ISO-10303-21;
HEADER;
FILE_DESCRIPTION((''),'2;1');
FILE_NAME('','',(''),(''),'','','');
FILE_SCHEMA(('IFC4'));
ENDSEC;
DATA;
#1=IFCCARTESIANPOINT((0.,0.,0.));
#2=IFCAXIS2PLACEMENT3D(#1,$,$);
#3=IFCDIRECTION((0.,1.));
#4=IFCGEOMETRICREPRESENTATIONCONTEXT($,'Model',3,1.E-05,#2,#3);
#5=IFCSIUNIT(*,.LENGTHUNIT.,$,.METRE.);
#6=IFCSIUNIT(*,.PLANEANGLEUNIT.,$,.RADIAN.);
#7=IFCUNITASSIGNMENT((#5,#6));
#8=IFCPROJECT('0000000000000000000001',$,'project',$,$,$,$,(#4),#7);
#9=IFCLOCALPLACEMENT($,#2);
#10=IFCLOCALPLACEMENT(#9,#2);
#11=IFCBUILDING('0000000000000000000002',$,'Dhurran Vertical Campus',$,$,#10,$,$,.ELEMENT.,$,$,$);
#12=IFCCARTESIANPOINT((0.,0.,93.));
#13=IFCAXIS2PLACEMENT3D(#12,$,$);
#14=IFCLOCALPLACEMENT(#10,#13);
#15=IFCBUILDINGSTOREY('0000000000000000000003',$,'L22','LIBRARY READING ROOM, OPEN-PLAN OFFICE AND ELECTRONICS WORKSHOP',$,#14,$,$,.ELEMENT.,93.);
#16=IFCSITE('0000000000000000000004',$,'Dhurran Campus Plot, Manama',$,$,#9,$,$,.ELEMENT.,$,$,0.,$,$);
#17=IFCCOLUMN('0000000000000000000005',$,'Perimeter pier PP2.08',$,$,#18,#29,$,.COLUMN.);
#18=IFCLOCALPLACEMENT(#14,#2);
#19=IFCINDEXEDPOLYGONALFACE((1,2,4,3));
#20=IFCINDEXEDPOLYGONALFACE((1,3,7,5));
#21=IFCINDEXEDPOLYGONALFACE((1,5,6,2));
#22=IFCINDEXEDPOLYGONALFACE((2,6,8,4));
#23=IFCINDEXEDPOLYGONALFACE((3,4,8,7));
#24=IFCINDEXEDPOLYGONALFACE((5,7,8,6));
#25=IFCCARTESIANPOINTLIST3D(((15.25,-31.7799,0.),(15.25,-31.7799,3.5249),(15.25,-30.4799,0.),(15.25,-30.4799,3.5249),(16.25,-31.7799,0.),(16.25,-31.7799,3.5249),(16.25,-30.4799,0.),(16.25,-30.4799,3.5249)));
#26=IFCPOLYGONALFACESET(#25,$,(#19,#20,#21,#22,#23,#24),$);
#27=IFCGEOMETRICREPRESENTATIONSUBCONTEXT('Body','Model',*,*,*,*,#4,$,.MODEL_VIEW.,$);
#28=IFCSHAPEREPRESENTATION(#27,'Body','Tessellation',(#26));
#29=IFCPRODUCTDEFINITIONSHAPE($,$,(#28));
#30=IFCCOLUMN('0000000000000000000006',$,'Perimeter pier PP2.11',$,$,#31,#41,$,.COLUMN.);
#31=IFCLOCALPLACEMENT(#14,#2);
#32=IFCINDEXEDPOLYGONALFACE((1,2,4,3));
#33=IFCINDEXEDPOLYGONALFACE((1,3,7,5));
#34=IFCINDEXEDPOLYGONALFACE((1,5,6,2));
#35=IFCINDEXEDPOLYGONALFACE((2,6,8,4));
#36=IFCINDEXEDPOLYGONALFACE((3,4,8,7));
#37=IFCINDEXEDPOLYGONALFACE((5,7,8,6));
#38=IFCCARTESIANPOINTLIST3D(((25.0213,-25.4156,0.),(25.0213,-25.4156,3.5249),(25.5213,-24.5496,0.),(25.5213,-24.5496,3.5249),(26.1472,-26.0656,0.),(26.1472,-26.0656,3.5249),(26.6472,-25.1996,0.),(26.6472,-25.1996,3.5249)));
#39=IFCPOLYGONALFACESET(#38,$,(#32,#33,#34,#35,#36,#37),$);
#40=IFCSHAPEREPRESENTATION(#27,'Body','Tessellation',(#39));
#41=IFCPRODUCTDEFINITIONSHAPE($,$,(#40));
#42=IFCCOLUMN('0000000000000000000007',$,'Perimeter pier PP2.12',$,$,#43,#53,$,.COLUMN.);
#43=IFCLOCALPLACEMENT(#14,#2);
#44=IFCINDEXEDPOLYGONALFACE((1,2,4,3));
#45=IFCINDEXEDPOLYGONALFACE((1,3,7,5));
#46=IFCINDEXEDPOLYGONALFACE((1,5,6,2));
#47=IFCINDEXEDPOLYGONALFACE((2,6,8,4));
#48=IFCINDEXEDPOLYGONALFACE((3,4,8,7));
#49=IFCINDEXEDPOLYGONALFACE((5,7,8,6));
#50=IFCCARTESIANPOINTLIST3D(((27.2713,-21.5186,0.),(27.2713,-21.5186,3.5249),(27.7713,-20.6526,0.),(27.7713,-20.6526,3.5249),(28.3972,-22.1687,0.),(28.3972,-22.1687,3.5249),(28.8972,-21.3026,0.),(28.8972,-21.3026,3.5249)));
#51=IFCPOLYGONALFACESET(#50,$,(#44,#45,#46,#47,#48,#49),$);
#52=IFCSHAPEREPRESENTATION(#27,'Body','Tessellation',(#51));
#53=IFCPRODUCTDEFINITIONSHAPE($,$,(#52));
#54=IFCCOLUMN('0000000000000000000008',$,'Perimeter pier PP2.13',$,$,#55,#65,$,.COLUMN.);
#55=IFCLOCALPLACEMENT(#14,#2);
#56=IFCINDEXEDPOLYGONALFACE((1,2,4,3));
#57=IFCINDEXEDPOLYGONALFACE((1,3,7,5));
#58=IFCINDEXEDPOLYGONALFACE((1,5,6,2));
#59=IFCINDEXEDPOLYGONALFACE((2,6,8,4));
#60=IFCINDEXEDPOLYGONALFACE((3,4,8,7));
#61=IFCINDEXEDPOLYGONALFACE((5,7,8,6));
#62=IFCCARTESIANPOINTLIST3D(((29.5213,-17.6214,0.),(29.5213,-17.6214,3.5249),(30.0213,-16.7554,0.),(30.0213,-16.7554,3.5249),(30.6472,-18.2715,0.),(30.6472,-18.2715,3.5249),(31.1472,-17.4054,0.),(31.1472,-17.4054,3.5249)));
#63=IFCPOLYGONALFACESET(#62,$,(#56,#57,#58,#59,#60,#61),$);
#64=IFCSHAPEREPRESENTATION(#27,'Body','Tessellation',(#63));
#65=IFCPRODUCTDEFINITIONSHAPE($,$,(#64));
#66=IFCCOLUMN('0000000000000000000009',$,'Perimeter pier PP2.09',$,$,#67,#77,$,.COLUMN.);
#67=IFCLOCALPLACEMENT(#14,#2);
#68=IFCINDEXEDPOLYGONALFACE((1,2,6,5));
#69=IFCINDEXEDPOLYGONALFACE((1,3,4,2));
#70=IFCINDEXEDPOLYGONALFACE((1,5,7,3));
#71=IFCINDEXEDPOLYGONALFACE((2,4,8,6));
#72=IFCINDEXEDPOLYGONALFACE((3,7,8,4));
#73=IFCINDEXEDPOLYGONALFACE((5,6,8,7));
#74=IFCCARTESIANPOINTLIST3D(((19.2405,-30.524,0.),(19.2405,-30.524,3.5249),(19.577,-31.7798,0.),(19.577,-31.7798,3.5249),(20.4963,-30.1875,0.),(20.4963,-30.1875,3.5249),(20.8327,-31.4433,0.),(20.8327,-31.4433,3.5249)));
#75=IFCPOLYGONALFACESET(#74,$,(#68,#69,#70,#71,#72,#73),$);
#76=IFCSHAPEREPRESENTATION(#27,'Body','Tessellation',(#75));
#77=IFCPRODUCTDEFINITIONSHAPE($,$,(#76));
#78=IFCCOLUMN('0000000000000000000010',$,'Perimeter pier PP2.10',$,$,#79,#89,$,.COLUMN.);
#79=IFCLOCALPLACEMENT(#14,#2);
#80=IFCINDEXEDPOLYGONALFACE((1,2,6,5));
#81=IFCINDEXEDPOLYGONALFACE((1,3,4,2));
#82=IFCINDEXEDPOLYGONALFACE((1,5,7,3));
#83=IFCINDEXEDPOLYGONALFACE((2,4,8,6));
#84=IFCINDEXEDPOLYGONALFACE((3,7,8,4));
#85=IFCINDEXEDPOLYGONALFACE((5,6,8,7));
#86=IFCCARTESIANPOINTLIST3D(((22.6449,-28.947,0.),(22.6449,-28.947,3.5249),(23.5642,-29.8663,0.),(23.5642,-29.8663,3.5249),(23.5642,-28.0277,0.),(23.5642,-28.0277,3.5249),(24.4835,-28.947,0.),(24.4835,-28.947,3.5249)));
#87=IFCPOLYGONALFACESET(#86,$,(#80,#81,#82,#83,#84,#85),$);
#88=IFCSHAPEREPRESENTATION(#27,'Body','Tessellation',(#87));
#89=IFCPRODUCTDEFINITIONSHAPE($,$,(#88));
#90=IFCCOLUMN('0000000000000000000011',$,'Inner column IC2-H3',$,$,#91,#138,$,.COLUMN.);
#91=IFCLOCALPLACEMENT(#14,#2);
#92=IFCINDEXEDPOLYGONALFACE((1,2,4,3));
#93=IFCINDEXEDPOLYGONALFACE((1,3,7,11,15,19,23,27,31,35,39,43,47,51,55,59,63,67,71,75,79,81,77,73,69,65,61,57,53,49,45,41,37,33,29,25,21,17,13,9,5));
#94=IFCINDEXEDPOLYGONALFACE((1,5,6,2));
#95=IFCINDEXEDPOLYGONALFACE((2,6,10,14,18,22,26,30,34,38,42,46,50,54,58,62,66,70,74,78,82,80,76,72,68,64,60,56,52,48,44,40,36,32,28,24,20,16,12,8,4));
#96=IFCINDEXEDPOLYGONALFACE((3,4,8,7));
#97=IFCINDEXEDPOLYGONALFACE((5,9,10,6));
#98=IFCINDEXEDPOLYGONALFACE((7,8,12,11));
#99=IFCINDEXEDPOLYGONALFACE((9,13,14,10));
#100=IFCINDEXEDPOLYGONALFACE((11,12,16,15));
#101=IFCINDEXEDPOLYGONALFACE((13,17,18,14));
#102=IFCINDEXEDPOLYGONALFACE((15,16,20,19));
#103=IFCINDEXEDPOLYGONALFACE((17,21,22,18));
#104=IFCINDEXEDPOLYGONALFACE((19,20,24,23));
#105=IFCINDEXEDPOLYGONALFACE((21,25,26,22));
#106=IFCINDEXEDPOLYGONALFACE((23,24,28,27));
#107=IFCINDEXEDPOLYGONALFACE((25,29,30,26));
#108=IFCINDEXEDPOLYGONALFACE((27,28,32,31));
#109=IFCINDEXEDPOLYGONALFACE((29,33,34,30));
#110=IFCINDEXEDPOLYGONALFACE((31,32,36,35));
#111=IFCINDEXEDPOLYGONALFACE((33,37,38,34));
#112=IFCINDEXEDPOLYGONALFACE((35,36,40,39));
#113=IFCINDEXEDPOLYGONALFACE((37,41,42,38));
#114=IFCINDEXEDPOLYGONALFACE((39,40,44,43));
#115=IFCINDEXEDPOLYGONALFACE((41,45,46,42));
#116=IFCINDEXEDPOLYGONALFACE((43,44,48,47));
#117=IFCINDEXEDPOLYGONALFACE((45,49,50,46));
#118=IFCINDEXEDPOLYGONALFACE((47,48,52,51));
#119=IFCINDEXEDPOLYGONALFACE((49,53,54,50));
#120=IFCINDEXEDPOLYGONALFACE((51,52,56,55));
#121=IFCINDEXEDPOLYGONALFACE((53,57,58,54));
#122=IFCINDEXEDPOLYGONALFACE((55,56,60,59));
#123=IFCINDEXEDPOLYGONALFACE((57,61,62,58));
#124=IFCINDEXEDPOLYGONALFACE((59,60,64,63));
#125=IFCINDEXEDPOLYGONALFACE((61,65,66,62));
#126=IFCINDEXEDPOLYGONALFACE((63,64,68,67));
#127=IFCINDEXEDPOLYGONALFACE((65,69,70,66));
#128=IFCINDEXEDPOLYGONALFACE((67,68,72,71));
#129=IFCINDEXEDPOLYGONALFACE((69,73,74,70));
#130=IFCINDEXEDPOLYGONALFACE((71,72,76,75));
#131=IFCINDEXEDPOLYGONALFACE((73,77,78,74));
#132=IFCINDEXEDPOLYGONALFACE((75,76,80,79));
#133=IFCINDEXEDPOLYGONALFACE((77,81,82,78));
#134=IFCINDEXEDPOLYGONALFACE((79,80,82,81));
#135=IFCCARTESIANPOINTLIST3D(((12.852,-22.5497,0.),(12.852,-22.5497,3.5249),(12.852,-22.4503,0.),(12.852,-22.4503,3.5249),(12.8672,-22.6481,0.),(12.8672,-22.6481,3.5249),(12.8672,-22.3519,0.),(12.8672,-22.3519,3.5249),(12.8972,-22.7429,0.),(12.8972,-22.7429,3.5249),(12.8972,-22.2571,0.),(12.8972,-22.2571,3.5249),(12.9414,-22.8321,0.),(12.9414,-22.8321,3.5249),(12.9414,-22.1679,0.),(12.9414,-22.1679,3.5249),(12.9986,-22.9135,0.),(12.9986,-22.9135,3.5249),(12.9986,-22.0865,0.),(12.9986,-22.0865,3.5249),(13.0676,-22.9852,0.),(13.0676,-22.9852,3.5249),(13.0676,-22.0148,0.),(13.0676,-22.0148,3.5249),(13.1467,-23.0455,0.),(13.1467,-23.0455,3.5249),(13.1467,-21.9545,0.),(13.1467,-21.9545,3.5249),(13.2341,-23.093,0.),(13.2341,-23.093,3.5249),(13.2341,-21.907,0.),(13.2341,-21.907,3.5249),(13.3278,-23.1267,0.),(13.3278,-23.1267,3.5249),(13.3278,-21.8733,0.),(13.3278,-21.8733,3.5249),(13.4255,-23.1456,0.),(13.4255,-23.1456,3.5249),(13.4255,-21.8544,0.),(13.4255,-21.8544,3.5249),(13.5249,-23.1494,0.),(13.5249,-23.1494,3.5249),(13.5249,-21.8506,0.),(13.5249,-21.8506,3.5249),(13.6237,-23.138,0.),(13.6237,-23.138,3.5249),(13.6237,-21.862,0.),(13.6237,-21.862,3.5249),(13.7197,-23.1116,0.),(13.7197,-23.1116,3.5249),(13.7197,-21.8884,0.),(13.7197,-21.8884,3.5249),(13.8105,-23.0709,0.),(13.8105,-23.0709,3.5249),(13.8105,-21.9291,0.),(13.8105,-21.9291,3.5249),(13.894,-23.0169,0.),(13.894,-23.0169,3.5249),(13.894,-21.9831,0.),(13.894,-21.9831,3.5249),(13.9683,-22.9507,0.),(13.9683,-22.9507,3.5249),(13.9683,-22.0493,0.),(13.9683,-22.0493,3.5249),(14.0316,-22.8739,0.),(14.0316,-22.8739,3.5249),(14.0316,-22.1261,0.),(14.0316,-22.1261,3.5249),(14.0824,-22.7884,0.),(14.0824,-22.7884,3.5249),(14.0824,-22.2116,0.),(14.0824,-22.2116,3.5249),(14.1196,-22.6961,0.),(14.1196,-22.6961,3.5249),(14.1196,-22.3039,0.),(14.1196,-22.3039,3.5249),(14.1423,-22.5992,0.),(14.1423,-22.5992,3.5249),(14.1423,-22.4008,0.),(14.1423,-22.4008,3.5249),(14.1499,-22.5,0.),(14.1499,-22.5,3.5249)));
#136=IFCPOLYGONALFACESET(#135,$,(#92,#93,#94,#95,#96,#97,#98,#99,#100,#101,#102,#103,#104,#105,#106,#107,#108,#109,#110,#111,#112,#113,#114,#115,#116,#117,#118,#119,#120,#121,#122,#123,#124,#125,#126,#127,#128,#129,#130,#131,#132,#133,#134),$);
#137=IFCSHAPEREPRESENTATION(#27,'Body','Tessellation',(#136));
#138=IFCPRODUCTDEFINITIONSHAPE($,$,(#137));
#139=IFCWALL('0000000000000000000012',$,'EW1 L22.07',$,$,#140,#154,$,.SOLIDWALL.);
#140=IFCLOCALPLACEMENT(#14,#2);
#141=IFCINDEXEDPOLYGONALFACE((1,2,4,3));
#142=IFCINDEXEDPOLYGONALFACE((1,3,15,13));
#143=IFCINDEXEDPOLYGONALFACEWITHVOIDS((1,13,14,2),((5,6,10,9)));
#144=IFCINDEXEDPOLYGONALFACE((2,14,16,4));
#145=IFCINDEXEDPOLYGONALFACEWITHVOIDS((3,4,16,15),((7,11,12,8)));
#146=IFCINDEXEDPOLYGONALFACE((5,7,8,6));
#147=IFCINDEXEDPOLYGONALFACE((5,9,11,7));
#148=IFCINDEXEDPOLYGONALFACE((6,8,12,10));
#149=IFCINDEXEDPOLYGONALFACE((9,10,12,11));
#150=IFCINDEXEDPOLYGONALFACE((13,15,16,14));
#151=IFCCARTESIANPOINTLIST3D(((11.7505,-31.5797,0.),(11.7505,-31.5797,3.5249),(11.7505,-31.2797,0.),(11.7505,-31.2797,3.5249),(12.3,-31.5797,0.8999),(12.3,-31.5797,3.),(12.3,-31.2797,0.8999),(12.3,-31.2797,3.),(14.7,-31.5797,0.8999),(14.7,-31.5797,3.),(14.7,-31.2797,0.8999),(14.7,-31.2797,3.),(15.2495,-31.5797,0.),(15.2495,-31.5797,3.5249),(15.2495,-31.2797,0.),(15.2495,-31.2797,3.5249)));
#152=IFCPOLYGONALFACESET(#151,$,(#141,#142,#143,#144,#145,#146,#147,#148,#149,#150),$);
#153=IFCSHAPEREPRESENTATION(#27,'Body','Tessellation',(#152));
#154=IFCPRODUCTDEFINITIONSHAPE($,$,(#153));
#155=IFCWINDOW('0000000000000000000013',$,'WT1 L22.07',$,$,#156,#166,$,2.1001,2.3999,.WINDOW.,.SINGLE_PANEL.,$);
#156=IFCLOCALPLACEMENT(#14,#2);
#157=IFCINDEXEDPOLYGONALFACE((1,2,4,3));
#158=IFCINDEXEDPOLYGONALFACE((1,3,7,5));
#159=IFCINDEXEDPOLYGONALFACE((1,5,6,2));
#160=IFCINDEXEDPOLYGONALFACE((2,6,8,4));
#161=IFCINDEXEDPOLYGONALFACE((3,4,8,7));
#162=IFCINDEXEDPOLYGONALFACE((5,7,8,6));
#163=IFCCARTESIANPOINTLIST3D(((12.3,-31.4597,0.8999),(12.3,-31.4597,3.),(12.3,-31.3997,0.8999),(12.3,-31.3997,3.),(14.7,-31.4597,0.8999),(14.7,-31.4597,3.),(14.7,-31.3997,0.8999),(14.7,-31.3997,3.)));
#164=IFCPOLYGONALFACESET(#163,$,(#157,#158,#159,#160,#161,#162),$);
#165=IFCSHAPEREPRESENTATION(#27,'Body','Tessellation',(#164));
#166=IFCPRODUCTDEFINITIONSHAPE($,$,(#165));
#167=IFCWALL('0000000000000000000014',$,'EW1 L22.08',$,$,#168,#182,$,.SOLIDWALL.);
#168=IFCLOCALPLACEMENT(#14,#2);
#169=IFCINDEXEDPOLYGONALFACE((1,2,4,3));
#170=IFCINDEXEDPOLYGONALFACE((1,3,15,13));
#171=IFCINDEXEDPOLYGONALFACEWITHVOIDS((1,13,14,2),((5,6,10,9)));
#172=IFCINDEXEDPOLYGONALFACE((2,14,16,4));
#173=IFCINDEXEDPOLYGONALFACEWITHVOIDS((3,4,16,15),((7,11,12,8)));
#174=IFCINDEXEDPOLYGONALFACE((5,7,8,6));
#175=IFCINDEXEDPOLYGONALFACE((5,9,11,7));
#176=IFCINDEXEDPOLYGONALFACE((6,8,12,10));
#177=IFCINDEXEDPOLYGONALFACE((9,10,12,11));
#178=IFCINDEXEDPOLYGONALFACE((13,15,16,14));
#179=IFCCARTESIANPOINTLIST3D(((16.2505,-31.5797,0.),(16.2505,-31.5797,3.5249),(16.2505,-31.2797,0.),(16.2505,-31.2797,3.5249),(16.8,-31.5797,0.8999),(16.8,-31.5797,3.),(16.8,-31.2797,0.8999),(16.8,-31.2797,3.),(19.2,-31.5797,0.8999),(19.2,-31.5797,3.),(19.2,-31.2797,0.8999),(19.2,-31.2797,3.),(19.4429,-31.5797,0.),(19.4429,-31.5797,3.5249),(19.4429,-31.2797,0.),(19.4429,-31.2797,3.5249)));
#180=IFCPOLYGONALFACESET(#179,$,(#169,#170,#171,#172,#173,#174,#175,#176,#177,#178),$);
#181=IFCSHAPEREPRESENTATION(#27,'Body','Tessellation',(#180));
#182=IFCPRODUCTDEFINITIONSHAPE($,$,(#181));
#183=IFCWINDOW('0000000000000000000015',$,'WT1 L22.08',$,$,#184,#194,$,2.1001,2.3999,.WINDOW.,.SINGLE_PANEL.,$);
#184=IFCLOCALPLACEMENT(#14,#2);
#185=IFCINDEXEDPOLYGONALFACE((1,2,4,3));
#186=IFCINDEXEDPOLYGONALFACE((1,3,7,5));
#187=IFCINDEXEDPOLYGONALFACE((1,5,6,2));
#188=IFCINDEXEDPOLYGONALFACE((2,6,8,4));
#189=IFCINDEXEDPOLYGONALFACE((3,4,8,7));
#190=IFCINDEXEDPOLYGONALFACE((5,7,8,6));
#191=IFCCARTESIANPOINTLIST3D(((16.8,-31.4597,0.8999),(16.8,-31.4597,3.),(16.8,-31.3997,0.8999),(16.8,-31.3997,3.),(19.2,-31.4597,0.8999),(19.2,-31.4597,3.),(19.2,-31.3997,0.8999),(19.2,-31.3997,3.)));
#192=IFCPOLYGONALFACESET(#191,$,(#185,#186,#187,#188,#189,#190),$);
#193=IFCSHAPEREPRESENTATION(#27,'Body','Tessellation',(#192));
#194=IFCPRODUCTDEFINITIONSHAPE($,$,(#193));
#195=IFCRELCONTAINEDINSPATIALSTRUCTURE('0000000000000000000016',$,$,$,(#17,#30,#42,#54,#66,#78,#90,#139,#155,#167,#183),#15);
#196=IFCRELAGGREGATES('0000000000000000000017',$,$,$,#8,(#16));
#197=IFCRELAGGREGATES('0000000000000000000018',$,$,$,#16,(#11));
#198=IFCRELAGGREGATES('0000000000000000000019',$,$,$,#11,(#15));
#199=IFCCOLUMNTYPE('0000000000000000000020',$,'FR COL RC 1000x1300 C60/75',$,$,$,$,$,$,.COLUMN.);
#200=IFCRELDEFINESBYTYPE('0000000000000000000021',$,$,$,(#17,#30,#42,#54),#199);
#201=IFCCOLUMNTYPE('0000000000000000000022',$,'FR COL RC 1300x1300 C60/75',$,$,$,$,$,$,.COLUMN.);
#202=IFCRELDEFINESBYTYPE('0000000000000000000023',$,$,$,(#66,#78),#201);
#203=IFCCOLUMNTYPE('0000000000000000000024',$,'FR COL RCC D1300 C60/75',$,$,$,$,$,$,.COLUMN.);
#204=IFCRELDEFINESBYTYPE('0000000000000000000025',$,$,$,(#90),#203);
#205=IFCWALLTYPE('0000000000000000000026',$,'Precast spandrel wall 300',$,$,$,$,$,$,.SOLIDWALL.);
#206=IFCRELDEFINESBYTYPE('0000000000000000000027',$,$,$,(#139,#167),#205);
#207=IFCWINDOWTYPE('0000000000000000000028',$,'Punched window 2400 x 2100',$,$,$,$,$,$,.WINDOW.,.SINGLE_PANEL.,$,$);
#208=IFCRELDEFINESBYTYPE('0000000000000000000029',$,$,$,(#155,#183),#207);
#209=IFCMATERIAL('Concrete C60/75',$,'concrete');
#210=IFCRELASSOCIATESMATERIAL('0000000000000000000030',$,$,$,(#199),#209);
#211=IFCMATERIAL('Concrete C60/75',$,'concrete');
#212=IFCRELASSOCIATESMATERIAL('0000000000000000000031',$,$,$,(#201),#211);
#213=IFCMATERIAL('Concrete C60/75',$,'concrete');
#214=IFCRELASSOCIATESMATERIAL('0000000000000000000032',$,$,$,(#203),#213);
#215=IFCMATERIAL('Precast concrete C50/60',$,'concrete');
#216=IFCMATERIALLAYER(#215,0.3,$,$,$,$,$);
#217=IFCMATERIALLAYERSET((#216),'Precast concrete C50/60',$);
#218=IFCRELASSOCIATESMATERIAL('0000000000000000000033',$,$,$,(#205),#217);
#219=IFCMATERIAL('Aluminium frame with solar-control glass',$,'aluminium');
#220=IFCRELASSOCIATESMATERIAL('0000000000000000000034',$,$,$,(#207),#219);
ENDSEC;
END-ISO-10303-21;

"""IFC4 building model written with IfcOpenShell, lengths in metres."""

from ifc_helpers import new_model, si_unit, direction, frame, frame_2d, origin, origin_2d, place, context, subcontext, project, spatial, rectangle, circle, extrude, material, layer, layer_set, material_profile, profile_set, type_object, element, fill, save


model = new_model("IFC4")

# Units and contexts
model_context = context("Model", 3, precision=1e-05, world=origin(), true_north=direction((0.0, 1.0)))
body_context = subcontext(model_context, "Body", "Model", "MODEL_VIEW")
ifc_project = project(units=[si_unit("LENGTHUNIT", "METRE"), si_unit("PLANEANGLEUNIT", "RADIAN")], contexts=[model_context])

# Site, building, storey
site_placement = place(None, origin())
site = spatial("IfcSite", under=ifc_project, at=site_placement, Name="Dhurran Campus Plot, Manama", CompositionType="ELEMENT", RefElevation=0.0)
building_placement = place(site_placement, origin())
building = spatial("IfcBuilding", under=site, at=building_placement, Name="Dhurran Vertical Campus", CompositionType="ELEMENT")
storey_placement = place(building_placement, frame((0.0, 0.0, 93.0)))
storey = spatial("IfcBuildingStorey", under=building, at=storey_placement, Name="L22", Description="LIBRARY READING ROOM, OPEN-PLAN OFFICE AND ELECTRONICS WORKSHOP", CompositionType="ELEMENT", Elevation=93.0)

# Columns
ifc_material_1 = material(Name="Concrete C60/75", Category="concrete")
ifc_material_profile_1 = material_profile(ifc_material_1, rectangle(XDim=1.0, YDim=1.3, at=origin_2d()), Name="RC 1000x1300")
ifc_profile_set_1 = profile_set([ifc_material_profile_1], Name="Concrete C60/75")
column_type_1 = type_object("IfcColumnType", Name="FR COL RC 1000x1300 C60/75", PredefinedType="COLUMN", material=ifc_profile_set_1)
for number, where, z_axis, x_axis, name in (
    (1, (15.75, -31.1299, 0.0), (0.0, 0.0, 1.0), (1.0, 0.0, 0.0), "Perimeter pier PP2.08"),
    (2, (25.8342, -25.3076, 0.0), (0.0, 0.0, 1.0), (0.5, 0.866025, 0.0), "Perimeter pier PP2.11"),
    (3, (28.0842, -21.4106, 0.0), (0.0, 0.0, 1.0), (0.5, 0.866025, 0.0), "Perimeter pier PP2.12"),
    (4, (30.3342, -17.5134, 0.0), (0.0, 0.0, 1.0), (0.5, 0.866025, 0.0), "Perimeter pier PP2.13"),
):
    element("IfcColumn", number, at=place(storey_placement, frame(where, z_axis=z_axis, x_axis=x_axis)), inside=storey, type_object=column_type_1, Name=name, PredefinedType="COLUMN", context=body_context, shape_type="SweptSolid", body=[
        extrude(rectangle(XDim=1.0, YDim=1.3, at=origin_2d()), origin(), (0.0, 0.0, 1.0), 3.5249),
    ])
ifc_material_2 = material(Name="Concrete C60/75", Category="concrete")
ifc_material_profile_2 = material_profile(ifc_material_2, rectangle(XDim=1.3, YDim=1.3, at=origin_2d()), Name="RC 1300x1300")
ifc_profile_set_2 = profile_set([ifc_material_profile_2], Name="Concrete C60/75")
column_type_2 = type_object("IfcColumnType", Name="FR COL RC 1300x1300 C60/75", PredefinedType="COLUMN", material=ifc_profile_set_2)
for number, where, z_axis, x_axis, name in (
    (5, (20.0366, -30.9836, 0.0), (0.0, 0.0, 1.0), (0.965926, 0.258819, 0.0), "Perimeter pier PP2.09"),
    (6, (23.5642, -28.947, 0.0), (0.0, 0.0, 1.0), (0.707107, 0.707107, 0.0), "Perimeter pier PP2.10"),
):
    element("IfcColumn", number, at=place(storey_placement, frame(where, z_axis=z_axis, x_axis=x_axis)), inside=storey, type_object=column_type_2, Name=name, PredefinedType="COLUMN", context=body_context, shape_type="SweptSolid", body=[
        extrude(rectangle(XDim=1.3, YDim=1.3, at=origin_2d()), origin(), (0.0, 0.0, 1.0), 3.5249),
    ])
ifc_material_3 = material(Name="Concrete C60/75", Category="concrete")
ifc_material_profile_3 = material_profile(ifc_material_3, circle(Radius=0.6499, at=origin_2d()), Name="RCC D1300")
ifc_profile_set_3 = profile_set([ifc_material_profile_3], Name="Concrete C60/75")
column_type_3 = type_object("IfcColumnType", Name="FR COL RCC D1300 C60/75", PredefinedType="COLUMN", material=ifc_profile_set_3)
column_placement = place(storey_placement, frame((13.5, -22.5, 0.0), z_axis=(0.0, 0.0, 1.0), x_axis=(1.0, 0.0, 0.0)))
element("IfcColumn", 7, at=column_placement, inside=storey, type_object=column_type_3, Name="Inner column IC2-H3", PredefinedType="COLUMN", context=body_context, shape_type="SweptSolid", body=[
    extrude(circle(Radius=0.6499, at=origin_2d()), origin(), (0.0, 0.0, 1.0), 3.5249),
])

# Walls, openings, windows
ifc_material_4 = material(Name="Precast concrete C50/60", Category="concrete")
ifc_layer_1 = layer(ifc_material_4, 0.3)
ifc_layer_set_1 = layer_set([ifc_layer_1], Name="Precast concrete C50/60")
wall_type_1 = type_object("IfcWallType", Name="Precast spandrel wall 300", PredefinedType="SOLIDWALL", material=ifc_layer_set_1)
wall_1_placement = place(storey_placement, frame((11.7505, -31.4297, 0.0), z_axis=(0.0, 0.0, 1.0), x_axis=(1.0, 0.0, 0.0)))
wall_1 = element("IfcWall", 8, at=wall_1_placement, inside=storey, type_object=wall_type_1, Name="EW1 L22.07", PredefinedType="SOLIDWALL", context=body_context, shape_type="SweptSolid", body=[
    extrude(rectangle(XDim=3.499, YDim=0.3, at=frame_2d((1.7495, 0.0))), origin(), (0.0, 0.0, 1.0), 3.5249),
])
opening_1_placement = place(wall_1_placement, frame((0.5496, 0.0, 0.8999)))
opening_1 = element("IfcOpeningElement", 9, at=opening_1_placement, cuts=wall_1, PredefinedType="OPENING", context=body_context, shape_type="SweptSolid", body=[
    extrude(rectangle(XDim=2.3999, YDim=2.1001, at=frame_2d((1.2, 1.05))), frame((0.0, 0.1599, 0.0), z_axis=(0.0, -1.0, 0.0), x_axis=(1.0, 0.0, 0.0)), (0.0, 0.0, 1.0), 0.3201),
])
ifc_material_5 = material(Name="Aluminium frame with solar-control glass", Category="aluminium")
window_type = type_object("IfcWindowType", Name="Punched window 2400 x 2100", PartitioningType="SINGLE_PANEL", PredefinedType="WINDOW", material=ifc_material_5)
window_1_placement = place(opening_1_placement, origin())
window_1 = element("IfcWindow", 10, at=window_1_placement, inside=storey, type_object=window_type, Name="WT1 L22.07", OverallHeight=2.1001, OverallWidth=2.3999, PartitioningType="SINGLE_PANEL", PredefinedType="WINDOW", context=body_context, shape_type="SweptSolid", body=[
    extrude(rectangle(XDim=2.3999, YDim=2.1001, at=frame_2d((1.2, 1.05))), frame((0.0, 0.03, 0.0), z_axis=(0.0, -1.0, 0.0), x_axis=(1.0, 0.0, 0.0)), (0.0, 0.0, 1.0), 0.0601),
])
fill(opening_1, window_1)
wall_2_placement = place(storey_placement, frame((16.2505, -31.4297, 0.0), z_axis=(0.0, 0.0, 1.0), x_axis=(1.0, 0.0, 0.0)))
wall_2 = element("IfcWall", 11, at=wall_2_placement, inside=storey, type_object=wall_type_1, Name="EW1 L22.08", PredefinedType="SOLIDWALL", context=body_context, shape_type="SweptSolid", body=[
    extrude(rectangle(XDim=3.1924, YDim=0.3, at=frame_2d((1.5962, 0.0))), origin(), (0.0, 0.0, 1.0), 3.5249),
])
opening_2_placement = place(wall_2_placement, frame((0.5496, 0.0, 0.8999)))
opening_2 = element("IfcOpeningElement", 12, at=opening_2_placement, cuts=wall_2, PredefinedType="OPENING", context=body_context, shape_type="SweptSolid", body=[
    extrude(rectangle(XDim=2.3999, YDim=2.1001, at=frame_2d((1.2, 1.05))), frame((0.0, 0.1599, 0.0), z_axis=(0.0, -1.0, 0.0), x_axis=(1.0, 0.0, 0.0)), (0.0, 0.0, 1.0), 0.3201),
])
window_2_placement = place(opening_2_placement, origin())
window_2 = element("IfcWindow", 13, at=window_2_placement, inside=storey, type_object=window_type, Name="WT1 L22.08", OverallHeight=2.1001, OverallWidth=2.3999, PartitioningType="SINGLE_PANEL", PredefinedType="WINDOW", context=body_context, shape_type="SweptSolid", body=[
    extrude(rectangle(XDim=2.3999, YDim=2.1001, at=frame_2d((1.2, 1.05))), frame((0.0, 0.03, 0.0), z_axis=(0.0, -1.0, 0.0), x_axis=(1.0, 0.0, 0.0)), (0.0, 0.0, 1.0), 0.0601),
])
fill(opening_2, window_2)

save(model, "model.ifc")
